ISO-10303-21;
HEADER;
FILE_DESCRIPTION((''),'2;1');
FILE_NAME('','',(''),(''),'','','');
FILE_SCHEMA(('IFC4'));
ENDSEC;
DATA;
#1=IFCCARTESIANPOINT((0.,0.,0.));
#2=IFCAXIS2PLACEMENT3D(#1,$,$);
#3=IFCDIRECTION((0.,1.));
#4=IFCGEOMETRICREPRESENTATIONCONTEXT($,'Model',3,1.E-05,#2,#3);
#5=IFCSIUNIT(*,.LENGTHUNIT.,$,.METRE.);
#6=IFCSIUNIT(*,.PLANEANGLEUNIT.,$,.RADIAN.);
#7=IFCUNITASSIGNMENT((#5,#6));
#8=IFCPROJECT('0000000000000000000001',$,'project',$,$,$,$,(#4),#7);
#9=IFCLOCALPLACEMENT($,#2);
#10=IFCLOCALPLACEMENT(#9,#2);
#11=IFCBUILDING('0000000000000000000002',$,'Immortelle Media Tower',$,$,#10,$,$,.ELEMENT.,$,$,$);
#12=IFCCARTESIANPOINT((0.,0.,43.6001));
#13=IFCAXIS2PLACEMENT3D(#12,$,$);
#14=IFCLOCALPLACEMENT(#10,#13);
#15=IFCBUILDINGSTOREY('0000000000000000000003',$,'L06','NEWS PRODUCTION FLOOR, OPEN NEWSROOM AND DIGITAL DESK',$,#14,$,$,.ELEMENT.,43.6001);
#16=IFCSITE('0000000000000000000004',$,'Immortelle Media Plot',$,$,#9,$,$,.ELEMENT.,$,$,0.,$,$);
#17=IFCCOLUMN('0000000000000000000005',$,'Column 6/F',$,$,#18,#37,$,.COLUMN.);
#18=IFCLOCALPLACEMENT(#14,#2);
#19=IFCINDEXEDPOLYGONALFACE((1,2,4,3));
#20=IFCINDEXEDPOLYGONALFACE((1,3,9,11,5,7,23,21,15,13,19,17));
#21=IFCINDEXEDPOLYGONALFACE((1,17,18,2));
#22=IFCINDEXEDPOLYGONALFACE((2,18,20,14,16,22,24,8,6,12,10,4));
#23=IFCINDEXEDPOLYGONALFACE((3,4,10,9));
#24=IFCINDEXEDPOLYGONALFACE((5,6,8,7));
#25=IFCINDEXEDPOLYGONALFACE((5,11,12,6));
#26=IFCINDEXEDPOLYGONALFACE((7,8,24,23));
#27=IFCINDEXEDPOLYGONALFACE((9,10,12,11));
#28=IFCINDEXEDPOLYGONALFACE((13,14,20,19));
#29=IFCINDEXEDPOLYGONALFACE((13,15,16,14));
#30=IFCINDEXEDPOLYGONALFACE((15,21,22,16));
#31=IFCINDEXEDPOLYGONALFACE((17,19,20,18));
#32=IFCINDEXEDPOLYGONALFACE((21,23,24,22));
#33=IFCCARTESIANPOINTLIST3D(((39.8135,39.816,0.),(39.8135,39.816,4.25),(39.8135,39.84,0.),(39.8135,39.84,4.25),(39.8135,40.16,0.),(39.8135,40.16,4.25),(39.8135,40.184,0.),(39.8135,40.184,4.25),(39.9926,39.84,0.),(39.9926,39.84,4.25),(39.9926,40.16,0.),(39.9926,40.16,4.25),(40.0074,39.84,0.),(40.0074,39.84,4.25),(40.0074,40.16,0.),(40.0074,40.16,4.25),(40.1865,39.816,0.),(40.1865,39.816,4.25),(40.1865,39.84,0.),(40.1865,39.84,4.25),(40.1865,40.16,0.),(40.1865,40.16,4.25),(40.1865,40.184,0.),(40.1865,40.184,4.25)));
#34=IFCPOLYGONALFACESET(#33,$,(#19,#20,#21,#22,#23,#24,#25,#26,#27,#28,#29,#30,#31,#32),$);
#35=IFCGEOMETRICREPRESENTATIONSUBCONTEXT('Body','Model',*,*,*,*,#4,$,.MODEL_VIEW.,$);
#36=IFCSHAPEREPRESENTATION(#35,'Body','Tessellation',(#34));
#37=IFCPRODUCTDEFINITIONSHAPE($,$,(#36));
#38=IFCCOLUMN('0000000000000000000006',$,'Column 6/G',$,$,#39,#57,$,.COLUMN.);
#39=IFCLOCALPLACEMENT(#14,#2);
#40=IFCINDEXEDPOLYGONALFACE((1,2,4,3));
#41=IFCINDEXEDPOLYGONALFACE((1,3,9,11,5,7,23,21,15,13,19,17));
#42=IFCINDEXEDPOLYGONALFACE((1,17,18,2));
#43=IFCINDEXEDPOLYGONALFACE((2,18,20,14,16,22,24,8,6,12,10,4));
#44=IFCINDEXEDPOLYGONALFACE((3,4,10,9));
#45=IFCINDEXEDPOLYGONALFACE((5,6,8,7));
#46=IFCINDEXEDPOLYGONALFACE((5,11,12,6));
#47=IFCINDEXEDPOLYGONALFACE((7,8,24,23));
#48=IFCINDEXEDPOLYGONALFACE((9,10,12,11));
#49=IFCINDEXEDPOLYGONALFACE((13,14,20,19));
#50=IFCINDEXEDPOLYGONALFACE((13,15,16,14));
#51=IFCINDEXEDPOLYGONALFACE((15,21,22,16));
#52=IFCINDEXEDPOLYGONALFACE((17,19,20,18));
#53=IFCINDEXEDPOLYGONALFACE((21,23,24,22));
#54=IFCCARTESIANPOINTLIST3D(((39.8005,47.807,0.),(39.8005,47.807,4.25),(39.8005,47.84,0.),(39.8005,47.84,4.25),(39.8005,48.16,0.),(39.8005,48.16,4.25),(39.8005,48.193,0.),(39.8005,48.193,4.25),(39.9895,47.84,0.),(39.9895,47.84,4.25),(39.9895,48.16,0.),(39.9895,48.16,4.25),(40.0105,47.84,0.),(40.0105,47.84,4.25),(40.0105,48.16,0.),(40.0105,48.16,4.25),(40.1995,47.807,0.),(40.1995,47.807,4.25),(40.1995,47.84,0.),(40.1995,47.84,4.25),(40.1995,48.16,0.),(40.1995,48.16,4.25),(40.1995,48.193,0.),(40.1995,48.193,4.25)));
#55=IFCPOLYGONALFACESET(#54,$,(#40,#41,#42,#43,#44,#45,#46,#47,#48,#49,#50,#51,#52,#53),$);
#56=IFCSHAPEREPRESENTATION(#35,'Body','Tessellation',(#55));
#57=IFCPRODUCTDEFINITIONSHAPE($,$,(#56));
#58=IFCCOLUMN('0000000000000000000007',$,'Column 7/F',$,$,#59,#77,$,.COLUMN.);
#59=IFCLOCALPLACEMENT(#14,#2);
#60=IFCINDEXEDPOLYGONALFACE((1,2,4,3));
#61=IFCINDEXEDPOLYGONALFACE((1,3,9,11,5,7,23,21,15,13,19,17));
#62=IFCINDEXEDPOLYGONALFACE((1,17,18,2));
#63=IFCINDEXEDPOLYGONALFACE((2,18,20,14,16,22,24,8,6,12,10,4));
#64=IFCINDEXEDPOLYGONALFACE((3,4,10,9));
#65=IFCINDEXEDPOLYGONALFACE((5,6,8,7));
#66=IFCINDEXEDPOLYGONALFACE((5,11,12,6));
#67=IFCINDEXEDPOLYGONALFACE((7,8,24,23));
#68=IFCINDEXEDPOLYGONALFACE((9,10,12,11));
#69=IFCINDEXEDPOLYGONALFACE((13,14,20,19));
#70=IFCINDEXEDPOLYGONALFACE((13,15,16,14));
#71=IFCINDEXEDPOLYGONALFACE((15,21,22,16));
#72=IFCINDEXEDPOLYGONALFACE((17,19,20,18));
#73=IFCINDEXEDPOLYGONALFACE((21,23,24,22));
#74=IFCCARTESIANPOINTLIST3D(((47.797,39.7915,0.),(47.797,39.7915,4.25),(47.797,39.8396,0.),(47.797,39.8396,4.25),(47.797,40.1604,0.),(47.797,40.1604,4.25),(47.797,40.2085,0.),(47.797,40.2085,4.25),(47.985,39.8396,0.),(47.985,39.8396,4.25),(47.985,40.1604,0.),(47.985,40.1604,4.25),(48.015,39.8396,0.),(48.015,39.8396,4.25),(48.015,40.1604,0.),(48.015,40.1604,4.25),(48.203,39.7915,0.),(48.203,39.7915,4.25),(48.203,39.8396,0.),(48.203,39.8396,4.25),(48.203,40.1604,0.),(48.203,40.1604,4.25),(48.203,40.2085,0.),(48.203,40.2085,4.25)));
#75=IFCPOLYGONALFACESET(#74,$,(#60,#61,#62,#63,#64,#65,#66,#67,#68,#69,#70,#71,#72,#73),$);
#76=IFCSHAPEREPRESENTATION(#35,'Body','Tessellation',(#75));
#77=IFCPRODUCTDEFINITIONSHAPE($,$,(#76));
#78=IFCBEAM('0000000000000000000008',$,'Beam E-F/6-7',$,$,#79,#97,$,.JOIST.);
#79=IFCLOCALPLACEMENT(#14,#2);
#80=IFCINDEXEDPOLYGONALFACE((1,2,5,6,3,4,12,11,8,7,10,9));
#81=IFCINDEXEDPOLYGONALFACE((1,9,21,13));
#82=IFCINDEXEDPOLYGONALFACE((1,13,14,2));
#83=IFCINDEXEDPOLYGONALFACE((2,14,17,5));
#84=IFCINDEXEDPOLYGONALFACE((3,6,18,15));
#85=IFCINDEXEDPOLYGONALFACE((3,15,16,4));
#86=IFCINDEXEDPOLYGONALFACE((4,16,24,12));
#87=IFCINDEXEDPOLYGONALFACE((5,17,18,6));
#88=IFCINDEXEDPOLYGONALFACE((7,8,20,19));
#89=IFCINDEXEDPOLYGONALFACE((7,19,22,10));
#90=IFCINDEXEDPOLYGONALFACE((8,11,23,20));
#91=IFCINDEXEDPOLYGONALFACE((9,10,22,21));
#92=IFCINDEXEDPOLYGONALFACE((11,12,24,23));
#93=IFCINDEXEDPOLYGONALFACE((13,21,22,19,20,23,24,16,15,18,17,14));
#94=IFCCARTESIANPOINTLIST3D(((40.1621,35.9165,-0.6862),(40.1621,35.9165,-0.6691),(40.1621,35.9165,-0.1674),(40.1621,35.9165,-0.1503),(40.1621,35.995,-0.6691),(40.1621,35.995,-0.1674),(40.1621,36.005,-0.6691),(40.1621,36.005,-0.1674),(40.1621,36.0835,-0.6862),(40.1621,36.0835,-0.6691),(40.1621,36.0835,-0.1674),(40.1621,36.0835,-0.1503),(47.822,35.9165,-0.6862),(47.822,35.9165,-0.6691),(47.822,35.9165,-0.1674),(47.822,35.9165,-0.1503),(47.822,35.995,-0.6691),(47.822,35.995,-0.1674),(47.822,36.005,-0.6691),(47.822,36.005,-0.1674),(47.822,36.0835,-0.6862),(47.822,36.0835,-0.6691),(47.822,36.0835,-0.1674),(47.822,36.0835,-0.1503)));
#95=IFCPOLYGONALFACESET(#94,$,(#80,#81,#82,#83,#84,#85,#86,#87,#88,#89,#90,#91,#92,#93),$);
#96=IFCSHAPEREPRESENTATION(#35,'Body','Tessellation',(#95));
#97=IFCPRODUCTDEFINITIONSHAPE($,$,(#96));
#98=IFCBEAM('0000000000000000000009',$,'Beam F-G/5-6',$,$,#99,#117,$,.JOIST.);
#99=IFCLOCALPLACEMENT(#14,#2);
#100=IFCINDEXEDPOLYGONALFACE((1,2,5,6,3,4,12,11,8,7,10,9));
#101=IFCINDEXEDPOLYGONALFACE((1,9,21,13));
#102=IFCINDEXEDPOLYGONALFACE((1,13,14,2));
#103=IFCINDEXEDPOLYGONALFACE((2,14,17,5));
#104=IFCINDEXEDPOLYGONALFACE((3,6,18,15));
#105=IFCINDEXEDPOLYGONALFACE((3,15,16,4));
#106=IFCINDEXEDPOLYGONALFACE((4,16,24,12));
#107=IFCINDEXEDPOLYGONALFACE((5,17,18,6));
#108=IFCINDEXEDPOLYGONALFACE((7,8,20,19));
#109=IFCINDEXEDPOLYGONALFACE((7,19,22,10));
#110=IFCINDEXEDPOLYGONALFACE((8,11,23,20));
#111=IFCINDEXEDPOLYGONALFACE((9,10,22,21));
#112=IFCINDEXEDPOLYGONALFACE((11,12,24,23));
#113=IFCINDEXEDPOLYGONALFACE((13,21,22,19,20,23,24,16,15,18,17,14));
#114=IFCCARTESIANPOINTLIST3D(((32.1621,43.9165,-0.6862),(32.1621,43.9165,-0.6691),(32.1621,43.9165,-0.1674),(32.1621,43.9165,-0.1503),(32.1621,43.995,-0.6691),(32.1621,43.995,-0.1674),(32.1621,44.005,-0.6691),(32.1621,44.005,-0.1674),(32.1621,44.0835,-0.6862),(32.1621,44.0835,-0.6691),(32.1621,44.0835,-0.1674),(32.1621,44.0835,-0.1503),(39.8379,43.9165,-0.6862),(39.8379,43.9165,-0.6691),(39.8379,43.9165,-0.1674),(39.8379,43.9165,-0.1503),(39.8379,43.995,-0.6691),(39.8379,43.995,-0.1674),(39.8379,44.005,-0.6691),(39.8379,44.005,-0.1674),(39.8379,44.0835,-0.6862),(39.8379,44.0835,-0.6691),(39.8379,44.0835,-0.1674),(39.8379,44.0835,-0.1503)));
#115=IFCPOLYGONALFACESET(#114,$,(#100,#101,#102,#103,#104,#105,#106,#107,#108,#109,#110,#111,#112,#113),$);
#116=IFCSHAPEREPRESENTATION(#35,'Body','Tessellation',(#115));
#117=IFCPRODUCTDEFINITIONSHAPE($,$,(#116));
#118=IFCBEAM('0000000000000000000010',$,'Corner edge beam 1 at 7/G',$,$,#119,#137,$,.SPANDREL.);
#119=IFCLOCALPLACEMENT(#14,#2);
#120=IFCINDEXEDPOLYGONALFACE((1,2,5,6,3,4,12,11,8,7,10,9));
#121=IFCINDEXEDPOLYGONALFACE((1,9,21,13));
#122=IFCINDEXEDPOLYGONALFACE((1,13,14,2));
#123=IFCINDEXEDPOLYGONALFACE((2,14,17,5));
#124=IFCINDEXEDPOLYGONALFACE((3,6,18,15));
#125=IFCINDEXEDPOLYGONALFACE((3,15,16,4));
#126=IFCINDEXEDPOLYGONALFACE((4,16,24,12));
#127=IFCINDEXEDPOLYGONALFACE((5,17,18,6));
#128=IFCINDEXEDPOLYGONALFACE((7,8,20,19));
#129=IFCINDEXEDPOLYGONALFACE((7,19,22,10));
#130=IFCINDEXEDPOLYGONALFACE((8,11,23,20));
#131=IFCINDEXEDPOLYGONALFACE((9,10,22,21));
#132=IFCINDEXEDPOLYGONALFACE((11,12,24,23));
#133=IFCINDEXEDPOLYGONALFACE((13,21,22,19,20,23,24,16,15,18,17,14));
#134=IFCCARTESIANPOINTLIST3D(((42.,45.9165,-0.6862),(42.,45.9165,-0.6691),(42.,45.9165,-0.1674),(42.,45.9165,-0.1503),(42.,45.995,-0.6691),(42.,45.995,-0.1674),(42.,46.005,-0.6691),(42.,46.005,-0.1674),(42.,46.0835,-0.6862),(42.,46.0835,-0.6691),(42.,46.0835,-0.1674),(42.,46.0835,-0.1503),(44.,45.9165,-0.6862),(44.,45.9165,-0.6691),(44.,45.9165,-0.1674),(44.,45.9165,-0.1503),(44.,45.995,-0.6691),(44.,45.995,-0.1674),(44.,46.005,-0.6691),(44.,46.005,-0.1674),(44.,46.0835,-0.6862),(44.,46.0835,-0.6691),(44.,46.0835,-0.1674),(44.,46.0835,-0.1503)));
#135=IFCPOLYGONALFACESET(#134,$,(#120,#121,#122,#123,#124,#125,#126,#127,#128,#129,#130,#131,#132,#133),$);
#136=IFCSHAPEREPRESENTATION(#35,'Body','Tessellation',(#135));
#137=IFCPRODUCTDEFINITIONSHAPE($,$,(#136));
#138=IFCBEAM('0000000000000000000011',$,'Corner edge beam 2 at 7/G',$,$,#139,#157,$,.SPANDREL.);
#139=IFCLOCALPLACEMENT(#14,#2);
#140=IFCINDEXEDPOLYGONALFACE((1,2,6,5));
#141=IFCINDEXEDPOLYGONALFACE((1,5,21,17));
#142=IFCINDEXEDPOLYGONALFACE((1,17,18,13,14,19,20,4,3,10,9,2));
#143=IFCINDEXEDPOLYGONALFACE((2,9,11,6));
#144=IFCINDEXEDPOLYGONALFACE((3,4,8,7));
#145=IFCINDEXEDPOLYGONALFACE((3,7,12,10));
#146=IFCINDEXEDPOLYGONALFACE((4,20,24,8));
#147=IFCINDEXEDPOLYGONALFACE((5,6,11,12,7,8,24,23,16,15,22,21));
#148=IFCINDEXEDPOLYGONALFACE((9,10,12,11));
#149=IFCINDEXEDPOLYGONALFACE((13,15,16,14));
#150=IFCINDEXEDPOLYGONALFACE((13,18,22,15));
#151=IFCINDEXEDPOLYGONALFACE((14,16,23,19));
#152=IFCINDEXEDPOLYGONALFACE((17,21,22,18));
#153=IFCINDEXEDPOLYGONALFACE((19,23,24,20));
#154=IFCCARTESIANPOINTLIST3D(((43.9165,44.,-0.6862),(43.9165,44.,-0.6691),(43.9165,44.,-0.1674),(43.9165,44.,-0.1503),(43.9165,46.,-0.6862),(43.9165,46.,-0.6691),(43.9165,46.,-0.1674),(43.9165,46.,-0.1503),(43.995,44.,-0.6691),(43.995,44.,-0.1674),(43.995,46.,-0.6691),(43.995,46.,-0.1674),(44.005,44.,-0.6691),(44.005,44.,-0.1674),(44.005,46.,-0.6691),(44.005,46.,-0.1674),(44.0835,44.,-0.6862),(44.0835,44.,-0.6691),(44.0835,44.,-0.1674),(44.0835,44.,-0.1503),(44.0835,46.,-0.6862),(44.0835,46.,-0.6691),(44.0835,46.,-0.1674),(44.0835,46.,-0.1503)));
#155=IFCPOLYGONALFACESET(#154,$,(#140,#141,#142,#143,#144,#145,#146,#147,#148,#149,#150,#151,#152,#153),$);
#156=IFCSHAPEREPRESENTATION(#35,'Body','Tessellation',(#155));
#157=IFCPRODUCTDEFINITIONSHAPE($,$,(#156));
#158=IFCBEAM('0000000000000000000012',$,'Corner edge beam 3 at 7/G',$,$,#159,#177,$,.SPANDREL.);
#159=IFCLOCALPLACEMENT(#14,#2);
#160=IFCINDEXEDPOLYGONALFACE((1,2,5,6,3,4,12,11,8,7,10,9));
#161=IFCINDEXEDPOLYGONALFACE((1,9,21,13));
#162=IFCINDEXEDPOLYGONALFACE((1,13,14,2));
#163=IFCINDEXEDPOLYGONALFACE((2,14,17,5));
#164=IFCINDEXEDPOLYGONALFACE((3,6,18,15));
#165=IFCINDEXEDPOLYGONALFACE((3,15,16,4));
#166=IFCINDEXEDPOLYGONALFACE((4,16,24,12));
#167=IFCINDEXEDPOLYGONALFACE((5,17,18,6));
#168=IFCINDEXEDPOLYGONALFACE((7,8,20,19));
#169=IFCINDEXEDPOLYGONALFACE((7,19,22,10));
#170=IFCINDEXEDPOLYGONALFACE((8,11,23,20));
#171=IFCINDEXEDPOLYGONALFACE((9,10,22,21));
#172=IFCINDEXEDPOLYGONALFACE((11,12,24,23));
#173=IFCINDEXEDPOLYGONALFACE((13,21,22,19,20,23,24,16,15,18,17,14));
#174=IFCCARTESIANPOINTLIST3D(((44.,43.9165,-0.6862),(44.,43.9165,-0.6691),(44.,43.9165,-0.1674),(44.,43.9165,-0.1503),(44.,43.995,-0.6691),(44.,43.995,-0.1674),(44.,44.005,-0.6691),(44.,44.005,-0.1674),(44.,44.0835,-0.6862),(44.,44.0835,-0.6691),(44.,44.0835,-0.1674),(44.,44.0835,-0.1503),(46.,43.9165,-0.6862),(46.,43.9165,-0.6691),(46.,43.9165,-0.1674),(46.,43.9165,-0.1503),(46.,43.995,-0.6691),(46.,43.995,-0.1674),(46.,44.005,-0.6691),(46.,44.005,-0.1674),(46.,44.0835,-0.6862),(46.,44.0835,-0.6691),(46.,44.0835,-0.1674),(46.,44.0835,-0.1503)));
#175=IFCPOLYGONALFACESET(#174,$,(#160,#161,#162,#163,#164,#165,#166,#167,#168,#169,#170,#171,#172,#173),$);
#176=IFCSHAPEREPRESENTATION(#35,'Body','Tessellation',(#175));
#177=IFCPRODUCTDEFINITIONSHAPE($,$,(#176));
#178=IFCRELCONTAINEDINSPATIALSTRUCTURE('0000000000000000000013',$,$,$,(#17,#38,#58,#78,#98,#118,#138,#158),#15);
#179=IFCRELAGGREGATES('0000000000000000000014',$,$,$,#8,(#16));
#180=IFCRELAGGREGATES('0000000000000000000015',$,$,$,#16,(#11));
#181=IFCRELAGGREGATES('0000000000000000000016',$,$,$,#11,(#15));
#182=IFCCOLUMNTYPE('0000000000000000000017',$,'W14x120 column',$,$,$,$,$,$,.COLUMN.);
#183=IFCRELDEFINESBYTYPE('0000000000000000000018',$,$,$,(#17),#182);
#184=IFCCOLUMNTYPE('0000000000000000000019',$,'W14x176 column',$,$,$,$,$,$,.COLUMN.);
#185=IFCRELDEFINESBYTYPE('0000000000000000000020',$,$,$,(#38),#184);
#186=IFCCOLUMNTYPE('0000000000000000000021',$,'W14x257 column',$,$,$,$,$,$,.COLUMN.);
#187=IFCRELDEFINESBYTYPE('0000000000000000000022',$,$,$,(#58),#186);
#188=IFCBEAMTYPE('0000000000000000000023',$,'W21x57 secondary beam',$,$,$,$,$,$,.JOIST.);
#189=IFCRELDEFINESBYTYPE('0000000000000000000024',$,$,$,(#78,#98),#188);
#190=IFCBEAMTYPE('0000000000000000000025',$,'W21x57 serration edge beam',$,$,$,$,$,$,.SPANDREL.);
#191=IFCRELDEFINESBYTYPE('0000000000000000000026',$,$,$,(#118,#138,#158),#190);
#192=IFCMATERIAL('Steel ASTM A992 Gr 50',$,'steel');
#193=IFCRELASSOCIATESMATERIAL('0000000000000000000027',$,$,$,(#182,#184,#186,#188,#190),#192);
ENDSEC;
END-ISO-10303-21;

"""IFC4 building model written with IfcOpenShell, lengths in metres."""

from ifc_helpers import new_model, si_unit, direction, frame, origin, origin_2d, place, context, subcontext, project, spatial, i_section, extrude, material, material_profile, profile_set, type_object, element, save


model = new_model("IFC4")

# Units and contexts
model_context = context("Model", 3, precision=1e-05, world=origin(), true_north=direction((0.0, 1.0)))
body_context = subcontext(model_context, "Body", "Model", "MODEL_VIEW")
ifc_project = project(units=[si_unit("LENGTHUNIT", "METRE"), si_unit("PLANEANGLEUNIT", "RADIAN")], contexts=[model_context])

# Site, building, storey
site_placement = place(None, origin())
site = spatial("IfcSite", under=ifc_project, at=site_placement, Name="Immortelle Media Plot", CompositionType="ELEMENT", RefElevation=0.0)
building_placement = place(site_placement, origin())
building = spatial("IfcBuilding", under=site, at=building_placement, Name="Immortelle Media Tower", CompositionType="ELEMENT")
storey_placement = place(building_placement, frame((0.0, 0.0, 43.6001)))
storey = spatial("IfcBuildingStorey", under=building, at=storey_placement, Name="L06", Description="NEWS PRODUCTION FLOOR, OPEN NEWSROOM AND DIGITAL DESK", CompositionType="ELEMENT", Elevation=43.6001)

# Columns
ifc_material_1 = material(Name="Steel ASTM A992 Gr 50", Category="steel")
ifc_material_profile_1 = material_profile(ifc_material_1, i_section(OverallWidth=0.373, OverallDepth=0.3679, WebThickness=0.0149, FlangeThickness=0.0239, at=origin_2d()), Name="W14x120")
ifc_profile_set_1 = profile_set([ifc_material_profile_1], Name="Steel ASTM A992 Gr 50")
column_type_1 = type_object("IfcColumnType", Name="W14x120 column", PredefinedType="COLUMN", material=ifc_profile_set_1)
column_1_placement = place(storey_placement, frame((40.0, 40.0, 0.0), z_axis=(0.0, 0.0, 1.0), x_axis=(1.0, 0.0, 0.0)))
element("IfcColumn", 1, at=column_1_placement, inside=storey, type_object=column_type_1, Name="Column 6/F", PredefinedType="COLUMN", context=body_context, shape_type="SweptSolid", body=[
    extrude(i_section(OverallWidth=0.373, OverallDepth=0.3679, WebThickness=0.0149, FlangeThickness=0.0239, at=origin_2d()), origin(), (0.0, 0.0, 1.0), 4.25),
])
ifc_material_profile_2 = material_profile(ifc_material_1, i_section(OverallWidth=0.3989, OverallDepth=0.386, WebThickness=0.021, FlangeThickness=0.033, at=origin_2d()), Name="W14x176")
ifc_profile_set_2 = profile_set([ifc_material_profile_2], Name="Steel ASTM A992 Gr 50")
column_type_2 = type_object("IfcColumnType", Name="W14x176 column", PredefinedType="COLUMN", material=ifc_profile_set_2)
column_2_placement = place(storey_placement, frame((40.0, 48.0, 0.0), z_axis=(0.0, 0.0, 1.0), x_axis=(1.0, 0.0, 0.0)))
element("IfcColumn", 2, at=column_2_placement, inside=storey, type_object=column_type_2, Name="Column 6/G", PredefinedType="COLUMN", context=body_context, shape_type="SweptSolid", body=[
    extrude(i_section(OverallWidth=0.3989, OverallDepth=0.386, WebThickness=0.021, FlangeThickness=0.033, at=origin_2d()), origin(), (0.0, 0.0, 1.0), 4.25),
])
ifc_material_profile_3 = material_profile(ifc_material_1, i_section(OverallWidth=0.406, OverallDepth=0.417, WebThickness=0.03, FlangeThickness=0.0481, at=origin_2d()), Name="W14x257")
ifc_profile_set_3 = profile_set([ifc_material_profile_3], Name="Steel ASTM A992 Gr 50")
column_type_3 = type_object("IfcColumnType", Name="W14x257 column", PredefinedType="COLUMN", material=ifc_profile_set_3)
column_3_placement = place(storey_placement, frame((48.0, 40.0, 0.0), z_axis=(0.0, 0.0, 1.0), x_axis=(1.0, 0.0, 0.0)))
element("IfcColumn", 3, at=column_3_placement, inside=storey, type_object=column_type_3, Name="Column 7/F", PredefinedType="COLUMN", context=body_context, shape_type="SweptSolid", body=[
    extrude(i_section(OverallWidth=0.406, OverallDepth=0.417, WebThickness=0.03, FlangeThickness=0.0481, at=origin_2d()), origin(), (0.0, 0.0, 1.0), 4.25),
])

# Beams
ifc_material_profile_4 = material_profile(ifc_material_1, i_section(OverallWidth=0.167, OverallDepth=0.5359, WebThickness=0.01, FlangeThickness=0.0171, at=origin_2d()), Name="W21x57")
ifc_profile_set_4 = profile_set([ifc_material_profile_4], Name="Steel ASTM A992 Gr 50")
beam_type_1 = type_object("IfcBeamType", Name="W21x57 secondary beam", PredefinedType="JOIST", material=ifc_profile_set_4)
beam_1_placement = place(storey_placement, frame((40.1621, 36.0, -0.4182), z_axis=(1.0, 0.0, 0.0), x_axis=(0.0, 1.0, 0.0)))
element("IfcBeam", 4, at=beam_1_placement, inside=storey, type_object=beam_type_1, Name="Beam E-F/6-7", PredefinedType="JOIST", context=body_context, shape_type="SweptSolid", body=[
    extrude(i_section(OverallWidth=0.167, OverallDepth=0.5359, WebThickness=0.01, FlangeThickness=0.0171, at=origin_2d()), origin(), (0.0, 0.0, 1.0), 7.6599),
])
beam_2_placement = place(storey_placement, frame((32.1621, 44.0, -0.4182), z_axis=(1.0, 0.0, 0.0), x_axis=(0.0, 1.0, 0.0)))
element("IfcBeam", 5, at=beam_2_placement, inside=storey, type_object=beam_type_1, Name="Beam F-G/5-6", PredefinedType="JOIST", context=body_context, shape_type="SweptSolid", body=[
    extrude(i_section(OverallWidth=0.167, OverallDepth=0.5359, WebThickness=0.01, FlangeThickness=0.0171, at=origin_2d()), origin(), (0.0, 0.0, 1.0), 7.6758),
])
ifc_material_profile_5 = material_profile(ifc_material_1, i_section(OverallWidth=0.167, OverallDepth=0.5359, WebThickness=0.01, FlangeThickness=0.0171, at=origin_2d()), Name="W21x57")
ifc_profile_set_5 = profile_set([ifc_material_profile_5], Name="Steel ASTM A992 Gr 50")
beam_type_2 = type_object("IfcBeamType", Name="W21x57 serration edge beam", PredefinedType="SPANDREL", material=ifc_profile_set_5)
for number, where, z_axis, x_axis, name in (
    (6, (42.0, 46.0, -0.4182), (1.0, 0.0, 0.0), (0.0, 1.0, 0.0), "Corner edge beam 1 at 7/G"),
    (7, (44.0, 46.0, -0.4182), (0.0, -1.0, 0.0), (1.0, 0.0, 0.0), "Corner edge beam 2 at 7/G"),
    (8, (44.0, 44.0, -0.4182), (1.0, 0.0, 0.0), (0.0, 1.0, 0.0), "Corner edge beam 3 at 7/G"),
):
    element("IfcBeam", number, at=place(storey_placement, frame(where, z_axis=z_axis, x_axis=x_axis)), inside=storey, type_object=beam_type_2, Name=name, PredefinedType="SPANDREL", context=body_context, shape_type="SweptSolid", body=[
        extrude(i_section(OverallWidth=0.167, OverallDepth=0.5359, WebThickness=0.01, FlangeThickness=0.0171, at=origin_2d()), origin(), (0.0, 0.0, 1.0), 2.0),
    ])

save(model, "model.ifc")
